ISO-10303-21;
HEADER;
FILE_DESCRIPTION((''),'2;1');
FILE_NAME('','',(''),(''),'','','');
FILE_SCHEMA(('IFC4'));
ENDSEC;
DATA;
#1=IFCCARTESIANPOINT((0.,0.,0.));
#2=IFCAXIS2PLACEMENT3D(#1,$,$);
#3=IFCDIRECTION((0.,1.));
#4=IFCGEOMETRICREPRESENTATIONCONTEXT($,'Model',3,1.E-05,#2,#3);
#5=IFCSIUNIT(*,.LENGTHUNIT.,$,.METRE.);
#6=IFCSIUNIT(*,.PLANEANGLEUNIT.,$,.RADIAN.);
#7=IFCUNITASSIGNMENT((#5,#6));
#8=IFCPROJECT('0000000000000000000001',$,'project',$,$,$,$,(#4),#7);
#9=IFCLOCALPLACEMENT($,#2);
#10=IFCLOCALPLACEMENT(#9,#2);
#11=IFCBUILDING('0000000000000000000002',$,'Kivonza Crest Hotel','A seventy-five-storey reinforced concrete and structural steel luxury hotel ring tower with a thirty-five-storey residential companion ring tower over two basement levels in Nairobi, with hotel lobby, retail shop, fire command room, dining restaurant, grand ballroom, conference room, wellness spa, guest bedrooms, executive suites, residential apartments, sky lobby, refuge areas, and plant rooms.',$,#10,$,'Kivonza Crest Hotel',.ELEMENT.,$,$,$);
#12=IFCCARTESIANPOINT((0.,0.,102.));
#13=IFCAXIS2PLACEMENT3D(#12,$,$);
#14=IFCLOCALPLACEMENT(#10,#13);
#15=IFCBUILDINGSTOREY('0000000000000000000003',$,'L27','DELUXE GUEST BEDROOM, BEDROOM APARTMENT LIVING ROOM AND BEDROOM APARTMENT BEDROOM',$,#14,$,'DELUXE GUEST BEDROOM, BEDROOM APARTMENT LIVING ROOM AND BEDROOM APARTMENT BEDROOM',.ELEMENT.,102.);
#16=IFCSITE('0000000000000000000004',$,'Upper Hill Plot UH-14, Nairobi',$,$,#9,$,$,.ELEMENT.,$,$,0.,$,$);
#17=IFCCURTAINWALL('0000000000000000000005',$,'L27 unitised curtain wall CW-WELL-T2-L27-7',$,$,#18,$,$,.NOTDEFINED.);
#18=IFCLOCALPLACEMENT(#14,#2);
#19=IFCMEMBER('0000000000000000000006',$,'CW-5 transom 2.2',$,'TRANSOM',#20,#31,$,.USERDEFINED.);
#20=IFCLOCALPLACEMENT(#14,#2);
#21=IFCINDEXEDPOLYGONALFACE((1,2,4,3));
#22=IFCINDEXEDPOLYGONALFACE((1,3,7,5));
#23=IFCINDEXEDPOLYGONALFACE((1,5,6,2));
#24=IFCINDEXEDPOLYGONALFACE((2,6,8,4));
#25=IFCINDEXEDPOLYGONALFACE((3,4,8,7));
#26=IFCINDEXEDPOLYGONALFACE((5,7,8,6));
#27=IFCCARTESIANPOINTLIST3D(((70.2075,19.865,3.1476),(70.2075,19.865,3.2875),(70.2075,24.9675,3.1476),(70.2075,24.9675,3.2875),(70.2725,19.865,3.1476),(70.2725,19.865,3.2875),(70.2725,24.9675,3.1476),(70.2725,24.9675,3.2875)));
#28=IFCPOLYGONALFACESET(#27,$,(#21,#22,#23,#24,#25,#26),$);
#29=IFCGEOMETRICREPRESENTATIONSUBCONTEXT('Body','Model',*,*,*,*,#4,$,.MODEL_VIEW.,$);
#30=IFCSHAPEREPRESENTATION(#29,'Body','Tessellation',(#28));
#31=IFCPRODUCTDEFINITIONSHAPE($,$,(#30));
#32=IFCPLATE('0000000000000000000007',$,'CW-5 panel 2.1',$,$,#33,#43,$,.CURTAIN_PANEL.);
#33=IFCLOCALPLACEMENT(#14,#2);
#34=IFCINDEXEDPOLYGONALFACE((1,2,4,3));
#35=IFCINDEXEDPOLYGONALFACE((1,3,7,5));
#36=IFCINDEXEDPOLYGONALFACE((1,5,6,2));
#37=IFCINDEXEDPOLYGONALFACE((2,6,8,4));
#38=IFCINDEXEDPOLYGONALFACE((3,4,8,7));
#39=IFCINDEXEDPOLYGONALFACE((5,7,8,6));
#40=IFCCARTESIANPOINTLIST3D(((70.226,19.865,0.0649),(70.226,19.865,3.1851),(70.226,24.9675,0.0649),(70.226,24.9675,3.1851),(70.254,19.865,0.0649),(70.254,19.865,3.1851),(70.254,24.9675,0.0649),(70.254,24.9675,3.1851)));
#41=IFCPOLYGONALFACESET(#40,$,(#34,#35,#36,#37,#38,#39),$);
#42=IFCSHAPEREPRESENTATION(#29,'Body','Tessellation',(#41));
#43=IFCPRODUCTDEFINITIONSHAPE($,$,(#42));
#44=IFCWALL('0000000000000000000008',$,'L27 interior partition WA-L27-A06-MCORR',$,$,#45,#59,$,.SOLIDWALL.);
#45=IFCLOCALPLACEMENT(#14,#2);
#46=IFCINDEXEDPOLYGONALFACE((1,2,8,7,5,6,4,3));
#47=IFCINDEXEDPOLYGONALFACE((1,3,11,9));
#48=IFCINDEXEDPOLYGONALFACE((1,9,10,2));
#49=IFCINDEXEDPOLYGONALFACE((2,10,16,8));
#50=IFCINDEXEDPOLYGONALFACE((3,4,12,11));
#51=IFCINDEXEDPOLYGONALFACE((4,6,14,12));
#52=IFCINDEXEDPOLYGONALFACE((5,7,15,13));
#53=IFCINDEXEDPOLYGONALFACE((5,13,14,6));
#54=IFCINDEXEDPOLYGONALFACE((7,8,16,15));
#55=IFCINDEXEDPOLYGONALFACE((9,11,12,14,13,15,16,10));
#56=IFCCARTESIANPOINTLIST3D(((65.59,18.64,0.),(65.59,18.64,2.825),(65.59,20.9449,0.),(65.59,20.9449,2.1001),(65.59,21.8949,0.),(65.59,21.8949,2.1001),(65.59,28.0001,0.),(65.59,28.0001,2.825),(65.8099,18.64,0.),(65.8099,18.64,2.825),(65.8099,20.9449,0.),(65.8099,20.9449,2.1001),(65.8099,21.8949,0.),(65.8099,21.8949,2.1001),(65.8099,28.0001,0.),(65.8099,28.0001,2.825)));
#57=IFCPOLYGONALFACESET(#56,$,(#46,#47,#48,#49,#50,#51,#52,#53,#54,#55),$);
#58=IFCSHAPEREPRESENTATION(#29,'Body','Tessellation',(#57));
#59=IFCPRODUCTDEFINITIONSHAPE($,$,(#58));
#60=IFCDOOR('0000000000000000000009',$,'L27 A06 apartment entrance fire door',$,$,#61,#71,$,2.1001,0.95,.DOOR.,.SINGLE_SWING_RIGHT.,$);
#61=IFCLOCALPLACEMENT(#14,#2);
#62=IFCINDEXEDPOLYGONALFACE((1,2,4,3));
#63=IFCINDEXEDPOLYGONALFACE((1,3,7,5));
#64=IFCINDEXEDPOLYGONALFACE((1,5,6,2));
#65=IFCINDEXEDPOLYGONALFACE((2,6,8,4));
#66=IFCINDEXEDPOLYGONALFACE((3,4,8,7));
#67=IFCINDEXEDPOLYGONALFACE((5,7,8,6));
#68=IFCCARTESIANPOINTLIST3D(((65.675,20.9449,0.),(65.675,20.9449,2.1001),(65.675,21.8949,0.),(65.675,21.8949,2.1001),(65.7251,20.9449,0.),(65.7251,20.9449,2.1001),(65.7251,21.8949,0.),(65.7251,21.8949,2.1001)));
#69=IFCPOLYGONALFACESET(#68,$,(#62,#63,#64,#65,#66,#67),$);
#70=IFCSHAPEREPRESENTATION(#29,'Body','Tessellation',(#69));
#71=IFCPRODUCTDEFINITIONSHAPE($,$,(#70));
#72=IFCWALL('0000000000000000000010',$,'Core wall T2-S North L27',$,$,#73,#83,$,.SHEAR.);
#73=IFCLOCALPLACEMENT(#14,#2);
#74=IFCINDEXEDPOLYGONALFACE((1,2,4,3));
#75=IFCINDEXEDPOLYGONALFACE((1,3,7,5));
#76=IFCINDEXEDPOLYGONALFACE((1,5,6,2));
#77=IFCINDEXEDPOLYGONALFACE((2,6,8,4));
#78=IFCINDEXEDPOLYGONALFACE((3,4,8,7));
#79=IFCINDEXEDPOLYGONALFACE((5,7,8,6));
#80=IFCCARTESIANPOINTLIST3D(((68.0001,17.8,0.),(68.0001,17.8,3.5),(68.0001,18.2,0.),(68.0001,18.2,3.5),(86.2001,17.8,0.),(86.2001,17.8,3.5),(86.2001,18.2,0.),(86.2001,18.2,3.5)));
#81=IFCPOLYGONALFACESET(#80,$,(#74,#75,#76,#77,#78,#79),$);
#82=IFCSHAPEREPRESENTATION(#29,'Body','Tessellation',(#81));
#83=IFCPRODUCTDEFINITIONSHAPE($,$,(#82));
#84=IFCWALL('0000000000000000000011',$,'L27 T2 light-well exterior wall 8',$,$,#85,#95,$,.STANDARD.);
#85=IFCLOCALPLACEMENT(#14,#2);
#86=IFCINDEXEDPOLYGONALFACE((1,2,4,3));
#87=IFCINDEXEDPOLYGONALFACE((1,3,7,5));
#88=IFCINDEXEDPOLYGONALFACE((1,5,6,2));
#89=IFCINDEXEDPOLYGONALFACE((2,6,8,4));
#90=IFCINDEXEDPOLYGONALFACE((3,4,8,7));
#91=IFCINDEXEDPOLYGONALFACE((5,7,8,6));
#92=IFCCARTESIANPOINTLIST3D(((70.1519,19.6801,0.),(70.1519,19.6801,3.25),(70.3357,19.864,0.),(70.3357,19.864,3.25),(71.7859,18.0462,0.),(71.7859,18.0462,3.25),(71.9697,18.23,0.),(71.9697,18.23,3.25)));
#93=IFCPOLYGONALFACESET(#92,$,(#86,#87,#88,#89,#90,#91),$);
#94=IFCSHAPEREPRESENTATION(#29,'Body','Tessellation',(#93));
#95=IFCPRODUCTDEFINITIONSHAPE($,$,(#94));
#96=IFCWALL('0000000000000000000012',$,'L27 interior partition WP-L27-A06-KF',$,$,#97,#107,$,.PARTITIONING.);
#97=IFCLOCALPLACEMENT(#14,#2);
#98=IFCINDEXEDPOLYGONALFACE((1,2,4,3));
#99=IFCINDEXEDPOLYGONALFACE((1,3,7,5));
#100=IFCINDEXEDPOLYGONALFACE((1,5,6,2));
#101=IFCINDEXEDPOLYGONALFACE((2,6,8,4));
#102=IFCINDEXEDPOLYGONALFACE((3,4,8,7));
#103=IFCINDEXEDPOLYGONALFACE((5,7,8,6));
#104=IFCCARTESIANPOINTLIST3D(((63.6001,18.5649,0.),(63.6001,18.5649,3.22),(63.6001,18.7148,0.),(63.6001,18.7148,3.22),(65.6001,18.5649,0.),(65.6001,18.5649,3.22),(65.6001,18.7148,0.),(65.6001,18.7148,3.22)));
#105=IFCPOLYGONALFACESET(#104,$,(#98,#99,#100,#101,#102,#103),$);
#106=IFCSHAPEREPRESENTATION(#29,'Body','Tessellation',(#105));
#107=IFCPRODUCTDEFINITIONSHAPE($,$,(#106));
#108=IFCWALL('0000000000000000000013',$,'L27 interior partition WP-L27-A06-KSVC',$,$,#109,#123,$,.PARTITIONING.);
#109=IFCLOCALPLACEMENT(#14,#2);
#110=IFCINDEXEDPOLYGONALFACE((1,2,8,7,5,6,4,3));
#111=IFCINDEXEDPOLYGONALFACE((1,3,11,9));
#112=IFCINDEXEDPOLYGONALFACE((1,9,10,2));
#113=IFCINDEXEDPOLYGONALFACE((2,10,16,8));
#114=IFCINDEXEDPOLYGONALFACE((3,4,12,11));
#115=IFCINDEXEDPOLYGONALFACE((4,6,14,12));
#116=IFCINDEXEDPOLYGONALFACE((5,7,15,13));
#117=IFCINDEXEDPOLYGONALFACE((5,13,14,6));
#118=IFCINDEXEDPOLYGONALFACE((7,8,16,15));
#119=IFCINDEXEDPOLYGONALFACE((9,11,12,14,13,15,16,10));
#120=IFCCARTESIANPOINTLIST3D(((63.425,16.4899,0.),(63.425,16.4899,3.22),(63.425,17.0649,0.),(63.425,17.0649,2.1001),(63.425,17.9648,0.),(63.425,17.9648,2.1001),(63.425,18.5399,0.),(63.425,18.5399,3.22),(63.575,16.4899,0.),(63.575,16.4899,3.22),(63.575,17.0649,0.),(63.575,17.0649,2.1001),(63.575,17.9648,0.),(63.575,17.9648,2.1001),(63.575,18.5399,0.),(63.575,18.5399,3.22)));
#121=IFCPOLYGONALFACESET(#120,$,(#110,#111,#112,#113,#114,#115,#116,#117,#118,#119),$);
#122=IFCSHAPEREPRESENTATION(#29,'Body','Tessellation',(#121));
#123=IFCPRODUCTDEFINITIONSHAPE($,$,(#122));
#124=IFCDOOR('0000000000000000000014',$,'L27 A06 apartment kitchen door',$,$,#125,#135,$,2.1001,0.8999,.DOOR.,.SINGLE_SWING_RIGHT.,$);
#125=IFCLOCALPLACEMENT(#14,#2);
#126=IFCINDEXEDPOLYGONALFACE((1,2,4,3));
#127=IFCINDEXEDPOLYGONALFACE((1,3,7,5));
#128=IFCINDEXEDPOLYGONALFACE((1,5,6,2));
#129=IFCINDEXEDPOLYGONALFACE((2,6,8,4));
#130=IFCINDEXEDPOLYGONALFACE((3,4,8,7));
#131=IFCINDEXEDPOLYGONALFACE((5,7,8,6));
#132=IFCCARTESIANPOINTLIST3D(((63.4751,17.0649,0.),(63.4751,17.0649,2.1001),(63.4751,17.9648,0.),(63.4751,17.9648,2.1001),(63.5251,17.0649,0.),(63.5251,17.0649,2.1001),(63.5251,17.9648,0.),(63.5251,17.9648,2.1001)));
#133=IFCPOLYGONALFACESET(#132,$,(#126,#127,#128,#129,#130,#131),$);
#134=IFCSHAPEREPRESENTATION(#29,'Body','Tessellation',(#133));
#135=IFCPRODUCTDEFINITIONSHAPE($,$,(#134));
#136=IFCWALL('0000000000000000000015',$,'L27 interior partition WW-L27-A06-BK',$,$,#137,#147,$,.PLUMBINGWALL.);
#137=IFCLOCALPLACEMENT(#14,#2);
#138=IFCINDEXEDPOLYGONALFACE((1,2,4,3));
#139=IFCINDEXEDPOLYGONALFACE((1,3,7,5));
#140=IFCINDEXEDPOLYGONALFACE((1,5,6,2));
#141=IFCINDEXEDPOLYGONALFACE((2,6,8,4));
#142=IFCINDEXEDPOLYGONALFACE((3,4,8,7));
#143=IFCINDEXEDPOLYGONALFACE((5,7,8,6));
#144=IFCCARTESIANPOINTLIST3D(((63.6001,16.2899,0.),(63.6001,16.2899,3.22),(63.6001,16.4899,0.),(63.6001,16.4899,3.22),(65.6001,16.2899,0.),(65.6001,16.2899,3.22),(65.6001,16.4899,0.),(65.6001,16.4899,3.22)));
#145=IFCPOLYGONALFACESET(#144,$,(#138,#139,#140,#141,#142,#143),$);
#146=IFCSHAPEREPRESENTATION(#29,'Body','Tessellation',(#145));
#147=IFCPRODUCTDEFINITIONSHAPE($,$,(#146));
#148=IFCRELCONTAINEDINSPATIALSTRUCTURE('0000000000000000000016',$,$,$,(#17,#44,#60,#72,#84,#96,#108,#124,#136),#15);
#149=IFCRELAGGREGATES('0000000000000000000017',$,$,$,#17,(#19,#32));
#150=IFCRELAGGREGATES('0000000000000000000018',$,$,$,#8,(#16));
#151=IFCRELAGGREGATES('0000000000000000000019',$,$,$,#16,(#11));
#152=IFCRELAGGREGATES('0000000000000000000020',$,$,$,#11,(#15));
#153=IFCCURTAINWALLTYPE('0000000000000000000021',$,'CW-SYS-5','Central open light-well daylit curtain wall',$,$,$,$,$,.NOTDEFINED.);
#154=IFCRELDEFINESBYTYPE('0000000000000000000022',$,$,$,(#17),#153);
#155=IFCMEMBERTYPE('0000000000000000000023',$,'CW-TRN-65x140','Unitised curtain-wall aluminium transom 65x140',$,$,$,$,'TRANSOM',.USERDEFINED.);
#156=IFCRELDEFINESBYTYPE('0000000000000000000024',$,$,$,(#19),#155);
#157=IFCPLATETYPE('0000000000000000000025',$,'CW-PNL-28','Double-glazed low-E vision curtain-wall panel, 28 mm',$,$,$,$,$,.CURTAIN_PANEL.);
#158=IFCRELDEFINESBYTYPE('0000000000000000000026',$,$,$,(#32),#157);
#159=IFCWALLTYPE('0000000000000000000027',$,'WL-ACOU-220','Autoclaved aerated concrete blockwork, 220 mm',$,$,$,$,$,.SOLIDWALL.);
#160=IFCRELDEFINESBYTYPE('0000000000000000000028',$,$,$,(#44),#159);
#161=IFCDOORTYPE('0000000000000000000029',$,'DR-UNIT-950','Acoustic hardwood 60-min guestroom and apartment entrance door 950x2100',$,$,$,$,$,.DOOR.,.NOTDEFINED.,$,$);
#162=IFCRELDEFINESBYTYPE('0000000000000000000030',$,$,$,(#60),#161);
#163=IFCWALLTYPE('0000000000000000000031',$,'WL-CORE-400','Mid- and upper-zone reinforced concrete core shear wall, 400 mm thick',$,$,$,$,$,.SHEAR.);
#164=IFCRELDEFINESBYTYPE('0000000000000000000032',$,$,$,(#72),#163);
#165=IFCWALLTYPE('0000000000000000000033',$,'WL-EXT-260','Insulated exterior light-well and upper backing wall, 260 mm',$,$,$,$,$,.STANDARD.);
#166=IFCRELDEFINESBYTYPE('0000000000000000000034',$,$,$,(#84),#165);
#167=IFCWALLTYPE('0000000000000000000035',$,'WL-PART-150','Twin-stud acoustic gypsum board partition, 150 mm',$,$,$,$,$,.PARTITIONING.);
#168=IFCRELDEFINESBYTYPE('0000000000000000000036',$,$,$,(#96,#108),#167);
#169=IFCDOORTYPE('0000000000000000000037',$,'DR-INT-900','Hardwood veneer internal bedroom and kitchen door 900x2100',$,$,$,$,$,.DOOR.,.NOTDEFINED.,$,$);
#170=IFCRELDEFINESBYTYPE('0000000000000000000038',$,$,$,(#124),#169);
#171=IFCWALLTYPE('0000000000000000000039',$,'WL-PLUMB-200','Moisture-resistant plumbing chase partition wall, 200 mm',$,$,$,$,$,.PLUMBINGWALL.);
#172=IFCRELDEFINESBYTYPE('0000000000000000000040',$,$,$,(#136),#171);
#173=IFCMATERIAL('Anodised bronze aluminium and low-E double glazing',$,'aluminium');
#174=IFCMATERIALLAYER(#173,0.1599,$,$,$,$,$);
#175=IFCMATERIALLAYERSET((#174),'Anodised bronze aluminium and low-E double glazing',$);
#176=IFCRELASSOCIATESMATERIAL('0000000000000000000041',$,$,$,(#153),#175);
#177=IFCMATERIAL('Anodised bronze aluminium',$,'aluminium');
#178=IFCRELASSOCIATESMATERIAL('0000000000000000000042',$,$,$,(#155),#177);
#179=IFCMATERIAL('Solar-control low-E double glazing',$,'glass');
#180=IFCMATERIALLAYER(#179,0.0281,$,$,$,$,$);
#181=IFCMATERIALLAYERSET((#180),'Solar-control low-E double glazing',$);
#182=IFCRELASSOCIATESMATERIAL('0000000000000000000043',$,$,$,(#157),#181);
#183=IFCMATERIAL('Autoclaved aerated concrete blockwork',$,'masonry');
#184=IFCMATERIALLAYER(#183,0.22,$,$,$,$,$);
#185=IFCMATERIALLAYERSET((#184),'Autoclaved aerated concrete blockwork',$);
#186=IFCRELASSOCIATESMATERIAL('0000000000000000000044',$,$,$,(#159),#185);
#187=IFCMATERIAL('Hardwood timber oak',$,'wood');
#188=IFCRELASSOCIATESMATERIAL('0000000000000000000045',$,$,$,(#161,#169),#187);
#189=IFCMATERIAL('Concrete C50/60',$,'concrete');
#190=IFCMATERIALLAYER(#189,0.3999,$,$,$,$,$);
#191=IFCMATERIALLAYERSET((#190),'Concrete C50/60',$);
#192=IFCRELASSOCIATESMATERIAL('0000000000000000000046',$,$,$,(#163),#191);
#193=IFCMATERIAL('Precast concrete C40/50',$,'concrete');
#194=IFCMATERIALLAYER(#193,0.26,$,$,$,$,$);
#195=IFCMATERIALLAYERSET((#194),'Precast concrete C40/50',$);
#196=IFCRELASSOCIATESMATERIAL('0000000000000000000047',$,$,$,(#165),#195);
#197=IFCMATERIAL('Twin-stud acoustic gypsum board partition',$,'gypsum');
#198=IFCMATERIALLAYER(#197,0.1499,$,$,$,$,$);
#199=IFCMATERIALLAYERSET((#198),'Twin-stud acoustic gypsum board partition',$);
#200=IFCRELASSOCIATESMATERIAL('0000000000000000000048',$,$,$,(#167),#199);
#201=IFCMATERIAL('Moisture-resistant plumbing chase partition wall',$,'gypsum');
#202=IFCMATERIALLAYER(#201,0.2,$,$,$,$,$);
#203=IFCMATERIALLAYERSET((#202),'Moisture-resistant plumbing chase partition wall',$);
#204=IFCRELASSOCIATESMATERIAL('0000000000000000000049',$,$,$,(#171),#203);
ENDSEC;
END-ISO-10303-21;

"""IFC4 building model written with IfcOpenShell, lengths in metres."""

from ifc_helpers import new_model, si_unit, direction, frame, frame_2d, origin, origin_2d, place, context, subcontext, project, spatial, rectangle, extrude, material, layer, layer_set, material_profile, profile_set, type_object, element, fill, aggregate, save


model = new_model("IFC4")

# Units and contexts
model_context = context("Model", 3, precision=1e-05, world=origin(), true_north=direction((0.0, 1.0)))
body_context = subcontext(model_context, "Body", "Model", "MODEL_VIEW")
ifc_project = project(units=[si_unit("LENGTHUNIT", "METRE"), si_unit("PLANEANGLEUNIT", "RADIAN")], contexts=[model_context])

# Site, building, storey
site_placement = place(None, origin())
site = spatial("IfcSite", under=ifc_project, at=site_placement, Name="Upper Hill Plot UH-14, Nairobi", CompositionType="ELEMENT", RefElevation=0.0)
building_placement = place(site_placement, origin())
building = spatial("IfcBuilding", under=site, at=building_placement, Name="Kivonza Crest Hotel", Description="A seventy-five-storey reinforced concrete and structural steel luxury hotel ring tower with a thirty-five-storey residential companion ring tower over two basement levels in Nairobi, with hotel lobby, retail shop, fire command room, dining restaurant, grand ballroom, conference room, wellness spa, guest bedrooms, executive suites, residential apartments, sky lobby, refuge areas, and plant rooms.", LongName="Kivonza Crest Hotel", CompositionType="ELEMENT")
storey_placement = place(building_placement, frame((0.0, 0.0, 102.0)))
storey = spatial("IfcBuildingStorey", under=building, at=storey_placement, Name="L27", Description="DELUXE GUEST BEDROOM, BEDROOM APARTMENT LIVING ROOM AND BEDROOM APARTMENT BEDROOM", LongName="DELUXE GUEST BEDROOM, BEDROOM APARTMENT LIVING ROOM AND BEDROOM APARTMENT BEDROOM", CompositionType="ELEMENT", Elevation=102.0)

# Shared definitions
ifc_material_1 = material(Name="Concrete C50/60", Category="concrete")

# Curtain wall, member, plate
ifc_material_2 = material(Name="Anodised bronze aluminium and low-E double glazing", Category="aluminium")
ifc_layer_1 = layer(ifc_material_2, 0.1599)
ifc_layer_set_1 = layer_set([ifc_layer_1], Name="Anodised bronze aluminium and low-E double glazing")
curtain_wall_type = type_object("IfcCurtainWallType", Name="CW-SYS-5", Description="Central open light-well daylit curtain wall", PredefinedType="NOTDEFINED", material=ifc_layer_set_1)
curtain_wall_placement = place(storey_placement, origin())
curtain_wall = element("IfcCurtainWall", 1, at=curtain_wall_placement, inside=storey, type_object=curtain_wall_type, Name="L27 unitised curtain wall CW-WELL-T2-L27-7", PredefinedType="NOTDEFINED")
ifc_material_3 = material(Name="Anodised bronze aluminium", Category="aluminium")
ifc_material_profile_1 = material_profile(ifc_material_3, rectangle(XDim=0.0649, YDim=0.1399, at=origin_2d()), Name="CW-T 65x140")
ifc_profile_set_1 = profile_set([ifc_material_profile_1], Name="Anodised bronze aluminium")
member_type_1 = type_object("IfcMemberType", Name="CW-TRN-65x140", Description="Unitised curtain-wall aluminium transom 65x140", ElementType="TRANSOM", PredefinedType="USERDEFINED", material=ifc_profile_set_1)
member_1_placement = place(storey_placement, frame((70.24, 24.9675, 3.2175), z_axis=(0.0, -1.0, 0.0), x_axis=(1.0, 0.0, 0.0)))
member_1 = element("IfcMember", 2, at=member_1_placement, type_object=member_type_1, Name="CW-5 transom 2.2", ObjectType="TRANSOM", PredefinedType="USERDEFINED", context=body_context, shape_type="SweptSolid", body=[
    extrude(rectangle(XDim=0.0649, YDim=0.1399, at=origin_2d()), origin(), (0.0, 0.0, 1.0), 5.1025),
])
ifc_material_4 = material(Name="Solar-control low-E double glazing", Category="glass")
ifc_layer_2 = layer(ifc_material_4, 0.0281)
ifc_layer_set_2 = layer_set([ifc_layer_2], Name="Solar-control low-E double glazing")
plate_type = type_object("IfcPlateType", Name="CW-PNL-28", Description="Double-glazed low-E vision curtain-wall panel, 28 mm", PredefinedType="CURTAIN_PANEL", material=ifc_layer_set_2)
plate_placement = place(storey_placement, frame((70.24, 22.4163, 0.0649), z_axis=(0.0, 0.0, 1.0), x_axis=(0.0, -1.0, 0.0)))
plate = element("IfcPlate", 3, at=plate_placement, type_object=plate_type, Name="CW-5 panel 2.1", PredefinedType="CURTAIN_PANEL", context=body_context, shape_type="SweptSolid", body=[
    extrude(rectangle(XDim=5.1025, YDim=0.0281, at=origin_2d()), origin(), (0.0, 0.0, 1.0), 3.1201),
])
aggregate(curtain_wall, [member_1, plate])

# Wall, opening, door
ifc_material_5 = material(Name="Autoclaved aerated concrete blockwork", Category="masonry")
ifc_layer_3 = layer(ifc_material_5, 0.22)
ifc_layer_set_3 = layer_set([ifc_layer_3], Name="Autoclaved aerated concrete blockwork")
wall_type_1 = type_object("IfcWallType", Name="WL-ACOU-220", Description="Autoclaved aerated concrete blockwork, 220 mm", PredefinedType="SOLIDWALL", material=ifc_layer_set_3)
wall_1_placement = place(storey_placement, frame((65.7, 18.6399, 0.0), z_axis=(0.0, 0.0, 1.0), x_axis=(0.0, 1.0, 0.0)))
wall_1 = element("IfcWall", 4, at=wall_1_placement, inside=storey, type_object=wall_type_1, Name="L27 interior partition WA-L27-A06-MCORR", PredefinedType="SOLIDWALL", context=body_context, shape_type="SweptSolid", body=[
    extrude(rectangle(XDim=9.3601, YDim=0.22, at=frame_2d((4.6802, 0.0))), origin(), (0.0, 0.0, 1.0), 2.825),
])
opening_1_placement = place(wall_1_placement, frame((2.3049, 0.0, 0.0)))
opening_1 = element("IfcOpeningElement", 5, at=opening_1_placement, cuts=wall_1, PredefinedType="OPENING", context=body_context, shape_type="SweptSolid", body=[
    extrude(rectangle(XDim=0.95, YDim=2.1001, at=frame_2d((0.4751, 1.05))), frame((0.0, 0.1201, 0.0), z_axis=(0.0, -1.0, 0.0), x_axis=(1.0, 0.0, 0.0)), (0.0, 0.0, 1.0), 0.24),
])
ifc_material_6 = material(Name="Hardwood timber oak", Category="wood")
door_type_1 = type_object("IfcDoorType", Name="DR-UNIT-950", Description="Acoustic hardwood 60-min guestroom and apartment entrance door 950x2100", OperationType="NOTDEFINED", PredefinedType="DOOR", material=ifc_material_6)
door_1_placement = place(opening_1_placement, origin())
door_1 = element("IfcDoor", 6, at=door_1_placement, inside=storey, type_object=door_type_1, Name="L27 A06 apartment entrance fire door", OperationType="SINGLE_SWING_RIGHT", OverallHeight=2.1001, OverallWidth=0.95, PredefinedType="DOOR", context=body_context, shape_type="SweptSolid", body=[
    extrude(rectangle(XDim=0.95, YDim=2.1001, at=frame_2d((0.4751, 1.05))), frame((0.0, 0.0249, 0.0), z_axis=(0.0, -1.0, 0.0), x_axis=(1.0, 0.0, 0.0)), (0.0, 0.0, 1.0), 0.05),
])
fill(opening_1, door_1)

# Walls
ifc_layer_4 = layer(ifc_material_1, 0.3999)
ifc_layer_set_4 = layer_set([ifc_layer_4], Name="Concrete C50/60")
wall_type_2 = type_object("IfcWallType", Name="WL-CORE-400", Description="Mid- and upper-zone reinforced concrete core shear wall, 400 mm thick", PredefinedType="SHEAR", material=ifc_layer_set_4)
wall_2_placement = place(storey_placement, frame((68.0, 18.0, 0.0), z_axis=(0.0, 0.0, 1.0), x_axis=(1.0, 0.0, 0.0)))
element("IfcWall", 7, at=wall_2_placement, inside=storey, type_object=wall_type_2, Name="Core wall T2-S North L27", PredefinedType="SHEAR", context=body_context, shape_type="SweptSolid", body=[
    extrude(rectangle(XDim=18.2, YDim=0.3999, at=frame_2d((9.1001, 0.0))), origin(), (0.0, 0.0, 1.0), 3.5),
])
ifc_material_7 = material(Name="Precast concrete C40/50", Category="concrete")
ifc_layer_5 = layer(ifc_material_7, 0.26)
ifc_layer_set_5 = layer_set([ifc_layer_5], Name="Precast concrete C40/50")
wall_type_3 = type_object("IfcWallType", Name="WL-EXT-260", Description="Insulated exterior light-well and upper backing wall, 260 mm", PredefinedType="STANDARD", material=ifc_layer_set_5)
wall_3_placement = place(storey_placement, frame((70.2439, 19.772, 0.0), z_axis=(0.0, 0.0, 1.0), x_axis=(0.707107, -0.707107, 0.0)))
element("IfcWall", 8, at=wall_3_placement, inside=storey, type_object=wall_type_3, Name="L27 T2 light-well exterior wall 8", PredefinedType="STANDARD", context=body_context, shape_type="SweptSolid", body=[
    extrude(rectangle(XDim=2.3108, YDim=0.26, at=frame_2d((1.1553, 0.0))), origin(), (0.0, 0.0, 1.0), 3.25),
])
ifc_material_8 = material(Name="Twin-stud acoustic gypsum board partition", Category="gypsum")
ifc_layer_6 = layer(ifc_material_8, 0.1499)
ifc_layer_set_6 = layer_set([ifc_layer_6], Name="Twin-stud acoustic gypsum board partition")
wall_type_4 = type_object("IfcWallType", Name="WL-PART-150", Description="Twin-stud acoustic gypsum board partition, 150 mm", PredefinedType="PARTITIONING", material=ifc_layer_set_6)
wall_4_placement = place(storey_placement, frame((63.6001, 18.6399, 0.0), z_axis=(0.0, 0.0, 1.0), x_axis=(1.0, 0.0, 0.0)))
element("IfcWall", 9, at=wall_4_placement, inside=storey, type_object=wall_type_4, Name="L27 interior partition WP-L27-A06-KF", PredefinedType="PARTITIONING", context=body_context, shape_type="SweptSolid", body=[
    extrude(rectangle(XDim=2.0, YDim=0.1499, at=frame_2d((1.0, 0.0))), origin(), (0.0, 0.0, 1.0), 3.22),
])

# Wall, opening, door
wall_5_placement = place(storey_placement, frame((63.5, 16.49, 0.0), z_axis=(0.0, 0.0, 1.0), x_axis=(0.0, 1.0, 0.0)))
wall_5 = element("IfcWall", 10, at=wall_5_placement, inside=storey, type_object=wall_type_4, Name="L27 interior partition WP-L27-A06-KSVC", PredefinedType="PARTITIONING", context=body_context, shape_type="SweptSolid", body=[
    extrude(rectangle(XDim=2.05, YDim=0.1499, at=frame_2d((1.0249, 0.0))), origin(), (0.0, 0.0, 1.0), 3.22),
])
opening_2_placement = place(wall_5_placement, frame((0.575, 0.0, 0.0)))
opening_2 = element("IfcOpeningElement", 11, at=opening_2_placement, cuts=wall_5, PredefinedType="OPENING", context=body_context, shape_type="SweptSolid", body=[
    extrude(rectangle(XDim=0.8999, YDim=2.1001, at=frame_2d((0.45, 1.05))), frame((0.0, 0.085, 0.0), z_axis=(0.0, -1.0, 0.0), x_axis=(1.0, 0.0, 0.0)), (0.0, 0.0, 1.0), 0.1699),
])
door_type_2 = type_object("IfcDoorType", Name="DR-INT-900", Description="Hardwood veneer internal bedroom and kitchen door 900x2100", OperationType="NOTDEFINED", PredefinedType="DOOR", material=ifc_material_6)
door_2_placement = place(opening_2_placement, origin())
door_2 = element("IfcDoor", 12, at=door_2_placement, inside=storey, type_object=door_type_2, Name="L27 A06 apartment kitchen door", OperationType="SINGLE_SWING_RIGHT", OverallHeight=2.1001, OverallWidth=0.8999, PredefinedType="DOOR", context=body_context, shape_type="SweptSolid", body=[
    extrude(rectangle(XDim=0.8999, YDim=2.1001, at=frame_2d((0.45, 1.05))), frame((0.0, 0.0249, 0.0), z_axis=(0.0, -1.0, 0.0), x_axis=(1.0, 0.0, 0.0)), (0.0, 0.0, 1.0), 0.05),
])
fill(opening_2, door_2)

# Wall
ifc_material_9 = material(Name="Moisture-resistant plumbing chase partition wall", Category="gypsum")
ifc_layer_7 = layer(ifc_material_9, 0.2)
ifc_layer_set_7 = layer_set([ifc_layer_7], Name="Moisture-resistant plumbing chase partition wall")
wall_type_5 = type_object("IfcWallType", Name="WL-PLUMB-200", Description="Moisture-resistant plumbing chase partition wall, 200 mm", PredefinedType="PLUMBINGWALL", material=ifc_layer_set_7)
wall_6_placement = place(storey_placement, frame((63.6001, 16.3899, 0.0), z_axis=(0.0, 0.0, 1.0), x_axis=(1.0, 0.0, 0.0)))
element("IfcWall", 13, at=wall_6_placement, inside=storey, type_object=wall_type_5, Name="L27 interior partition WW-L27-A06-BK", PredefinedType="PLUMBINGWALL", context=body_context, shape_type="SweptSolid", body=[
    extrude(rectangle(XDim=2.0, YDim=0.2, at=frame_2d((1.0, 0.0))), origin(), (0.0, 0.0, 1.0), 3.22),
])

save(model, "model.ifc")
